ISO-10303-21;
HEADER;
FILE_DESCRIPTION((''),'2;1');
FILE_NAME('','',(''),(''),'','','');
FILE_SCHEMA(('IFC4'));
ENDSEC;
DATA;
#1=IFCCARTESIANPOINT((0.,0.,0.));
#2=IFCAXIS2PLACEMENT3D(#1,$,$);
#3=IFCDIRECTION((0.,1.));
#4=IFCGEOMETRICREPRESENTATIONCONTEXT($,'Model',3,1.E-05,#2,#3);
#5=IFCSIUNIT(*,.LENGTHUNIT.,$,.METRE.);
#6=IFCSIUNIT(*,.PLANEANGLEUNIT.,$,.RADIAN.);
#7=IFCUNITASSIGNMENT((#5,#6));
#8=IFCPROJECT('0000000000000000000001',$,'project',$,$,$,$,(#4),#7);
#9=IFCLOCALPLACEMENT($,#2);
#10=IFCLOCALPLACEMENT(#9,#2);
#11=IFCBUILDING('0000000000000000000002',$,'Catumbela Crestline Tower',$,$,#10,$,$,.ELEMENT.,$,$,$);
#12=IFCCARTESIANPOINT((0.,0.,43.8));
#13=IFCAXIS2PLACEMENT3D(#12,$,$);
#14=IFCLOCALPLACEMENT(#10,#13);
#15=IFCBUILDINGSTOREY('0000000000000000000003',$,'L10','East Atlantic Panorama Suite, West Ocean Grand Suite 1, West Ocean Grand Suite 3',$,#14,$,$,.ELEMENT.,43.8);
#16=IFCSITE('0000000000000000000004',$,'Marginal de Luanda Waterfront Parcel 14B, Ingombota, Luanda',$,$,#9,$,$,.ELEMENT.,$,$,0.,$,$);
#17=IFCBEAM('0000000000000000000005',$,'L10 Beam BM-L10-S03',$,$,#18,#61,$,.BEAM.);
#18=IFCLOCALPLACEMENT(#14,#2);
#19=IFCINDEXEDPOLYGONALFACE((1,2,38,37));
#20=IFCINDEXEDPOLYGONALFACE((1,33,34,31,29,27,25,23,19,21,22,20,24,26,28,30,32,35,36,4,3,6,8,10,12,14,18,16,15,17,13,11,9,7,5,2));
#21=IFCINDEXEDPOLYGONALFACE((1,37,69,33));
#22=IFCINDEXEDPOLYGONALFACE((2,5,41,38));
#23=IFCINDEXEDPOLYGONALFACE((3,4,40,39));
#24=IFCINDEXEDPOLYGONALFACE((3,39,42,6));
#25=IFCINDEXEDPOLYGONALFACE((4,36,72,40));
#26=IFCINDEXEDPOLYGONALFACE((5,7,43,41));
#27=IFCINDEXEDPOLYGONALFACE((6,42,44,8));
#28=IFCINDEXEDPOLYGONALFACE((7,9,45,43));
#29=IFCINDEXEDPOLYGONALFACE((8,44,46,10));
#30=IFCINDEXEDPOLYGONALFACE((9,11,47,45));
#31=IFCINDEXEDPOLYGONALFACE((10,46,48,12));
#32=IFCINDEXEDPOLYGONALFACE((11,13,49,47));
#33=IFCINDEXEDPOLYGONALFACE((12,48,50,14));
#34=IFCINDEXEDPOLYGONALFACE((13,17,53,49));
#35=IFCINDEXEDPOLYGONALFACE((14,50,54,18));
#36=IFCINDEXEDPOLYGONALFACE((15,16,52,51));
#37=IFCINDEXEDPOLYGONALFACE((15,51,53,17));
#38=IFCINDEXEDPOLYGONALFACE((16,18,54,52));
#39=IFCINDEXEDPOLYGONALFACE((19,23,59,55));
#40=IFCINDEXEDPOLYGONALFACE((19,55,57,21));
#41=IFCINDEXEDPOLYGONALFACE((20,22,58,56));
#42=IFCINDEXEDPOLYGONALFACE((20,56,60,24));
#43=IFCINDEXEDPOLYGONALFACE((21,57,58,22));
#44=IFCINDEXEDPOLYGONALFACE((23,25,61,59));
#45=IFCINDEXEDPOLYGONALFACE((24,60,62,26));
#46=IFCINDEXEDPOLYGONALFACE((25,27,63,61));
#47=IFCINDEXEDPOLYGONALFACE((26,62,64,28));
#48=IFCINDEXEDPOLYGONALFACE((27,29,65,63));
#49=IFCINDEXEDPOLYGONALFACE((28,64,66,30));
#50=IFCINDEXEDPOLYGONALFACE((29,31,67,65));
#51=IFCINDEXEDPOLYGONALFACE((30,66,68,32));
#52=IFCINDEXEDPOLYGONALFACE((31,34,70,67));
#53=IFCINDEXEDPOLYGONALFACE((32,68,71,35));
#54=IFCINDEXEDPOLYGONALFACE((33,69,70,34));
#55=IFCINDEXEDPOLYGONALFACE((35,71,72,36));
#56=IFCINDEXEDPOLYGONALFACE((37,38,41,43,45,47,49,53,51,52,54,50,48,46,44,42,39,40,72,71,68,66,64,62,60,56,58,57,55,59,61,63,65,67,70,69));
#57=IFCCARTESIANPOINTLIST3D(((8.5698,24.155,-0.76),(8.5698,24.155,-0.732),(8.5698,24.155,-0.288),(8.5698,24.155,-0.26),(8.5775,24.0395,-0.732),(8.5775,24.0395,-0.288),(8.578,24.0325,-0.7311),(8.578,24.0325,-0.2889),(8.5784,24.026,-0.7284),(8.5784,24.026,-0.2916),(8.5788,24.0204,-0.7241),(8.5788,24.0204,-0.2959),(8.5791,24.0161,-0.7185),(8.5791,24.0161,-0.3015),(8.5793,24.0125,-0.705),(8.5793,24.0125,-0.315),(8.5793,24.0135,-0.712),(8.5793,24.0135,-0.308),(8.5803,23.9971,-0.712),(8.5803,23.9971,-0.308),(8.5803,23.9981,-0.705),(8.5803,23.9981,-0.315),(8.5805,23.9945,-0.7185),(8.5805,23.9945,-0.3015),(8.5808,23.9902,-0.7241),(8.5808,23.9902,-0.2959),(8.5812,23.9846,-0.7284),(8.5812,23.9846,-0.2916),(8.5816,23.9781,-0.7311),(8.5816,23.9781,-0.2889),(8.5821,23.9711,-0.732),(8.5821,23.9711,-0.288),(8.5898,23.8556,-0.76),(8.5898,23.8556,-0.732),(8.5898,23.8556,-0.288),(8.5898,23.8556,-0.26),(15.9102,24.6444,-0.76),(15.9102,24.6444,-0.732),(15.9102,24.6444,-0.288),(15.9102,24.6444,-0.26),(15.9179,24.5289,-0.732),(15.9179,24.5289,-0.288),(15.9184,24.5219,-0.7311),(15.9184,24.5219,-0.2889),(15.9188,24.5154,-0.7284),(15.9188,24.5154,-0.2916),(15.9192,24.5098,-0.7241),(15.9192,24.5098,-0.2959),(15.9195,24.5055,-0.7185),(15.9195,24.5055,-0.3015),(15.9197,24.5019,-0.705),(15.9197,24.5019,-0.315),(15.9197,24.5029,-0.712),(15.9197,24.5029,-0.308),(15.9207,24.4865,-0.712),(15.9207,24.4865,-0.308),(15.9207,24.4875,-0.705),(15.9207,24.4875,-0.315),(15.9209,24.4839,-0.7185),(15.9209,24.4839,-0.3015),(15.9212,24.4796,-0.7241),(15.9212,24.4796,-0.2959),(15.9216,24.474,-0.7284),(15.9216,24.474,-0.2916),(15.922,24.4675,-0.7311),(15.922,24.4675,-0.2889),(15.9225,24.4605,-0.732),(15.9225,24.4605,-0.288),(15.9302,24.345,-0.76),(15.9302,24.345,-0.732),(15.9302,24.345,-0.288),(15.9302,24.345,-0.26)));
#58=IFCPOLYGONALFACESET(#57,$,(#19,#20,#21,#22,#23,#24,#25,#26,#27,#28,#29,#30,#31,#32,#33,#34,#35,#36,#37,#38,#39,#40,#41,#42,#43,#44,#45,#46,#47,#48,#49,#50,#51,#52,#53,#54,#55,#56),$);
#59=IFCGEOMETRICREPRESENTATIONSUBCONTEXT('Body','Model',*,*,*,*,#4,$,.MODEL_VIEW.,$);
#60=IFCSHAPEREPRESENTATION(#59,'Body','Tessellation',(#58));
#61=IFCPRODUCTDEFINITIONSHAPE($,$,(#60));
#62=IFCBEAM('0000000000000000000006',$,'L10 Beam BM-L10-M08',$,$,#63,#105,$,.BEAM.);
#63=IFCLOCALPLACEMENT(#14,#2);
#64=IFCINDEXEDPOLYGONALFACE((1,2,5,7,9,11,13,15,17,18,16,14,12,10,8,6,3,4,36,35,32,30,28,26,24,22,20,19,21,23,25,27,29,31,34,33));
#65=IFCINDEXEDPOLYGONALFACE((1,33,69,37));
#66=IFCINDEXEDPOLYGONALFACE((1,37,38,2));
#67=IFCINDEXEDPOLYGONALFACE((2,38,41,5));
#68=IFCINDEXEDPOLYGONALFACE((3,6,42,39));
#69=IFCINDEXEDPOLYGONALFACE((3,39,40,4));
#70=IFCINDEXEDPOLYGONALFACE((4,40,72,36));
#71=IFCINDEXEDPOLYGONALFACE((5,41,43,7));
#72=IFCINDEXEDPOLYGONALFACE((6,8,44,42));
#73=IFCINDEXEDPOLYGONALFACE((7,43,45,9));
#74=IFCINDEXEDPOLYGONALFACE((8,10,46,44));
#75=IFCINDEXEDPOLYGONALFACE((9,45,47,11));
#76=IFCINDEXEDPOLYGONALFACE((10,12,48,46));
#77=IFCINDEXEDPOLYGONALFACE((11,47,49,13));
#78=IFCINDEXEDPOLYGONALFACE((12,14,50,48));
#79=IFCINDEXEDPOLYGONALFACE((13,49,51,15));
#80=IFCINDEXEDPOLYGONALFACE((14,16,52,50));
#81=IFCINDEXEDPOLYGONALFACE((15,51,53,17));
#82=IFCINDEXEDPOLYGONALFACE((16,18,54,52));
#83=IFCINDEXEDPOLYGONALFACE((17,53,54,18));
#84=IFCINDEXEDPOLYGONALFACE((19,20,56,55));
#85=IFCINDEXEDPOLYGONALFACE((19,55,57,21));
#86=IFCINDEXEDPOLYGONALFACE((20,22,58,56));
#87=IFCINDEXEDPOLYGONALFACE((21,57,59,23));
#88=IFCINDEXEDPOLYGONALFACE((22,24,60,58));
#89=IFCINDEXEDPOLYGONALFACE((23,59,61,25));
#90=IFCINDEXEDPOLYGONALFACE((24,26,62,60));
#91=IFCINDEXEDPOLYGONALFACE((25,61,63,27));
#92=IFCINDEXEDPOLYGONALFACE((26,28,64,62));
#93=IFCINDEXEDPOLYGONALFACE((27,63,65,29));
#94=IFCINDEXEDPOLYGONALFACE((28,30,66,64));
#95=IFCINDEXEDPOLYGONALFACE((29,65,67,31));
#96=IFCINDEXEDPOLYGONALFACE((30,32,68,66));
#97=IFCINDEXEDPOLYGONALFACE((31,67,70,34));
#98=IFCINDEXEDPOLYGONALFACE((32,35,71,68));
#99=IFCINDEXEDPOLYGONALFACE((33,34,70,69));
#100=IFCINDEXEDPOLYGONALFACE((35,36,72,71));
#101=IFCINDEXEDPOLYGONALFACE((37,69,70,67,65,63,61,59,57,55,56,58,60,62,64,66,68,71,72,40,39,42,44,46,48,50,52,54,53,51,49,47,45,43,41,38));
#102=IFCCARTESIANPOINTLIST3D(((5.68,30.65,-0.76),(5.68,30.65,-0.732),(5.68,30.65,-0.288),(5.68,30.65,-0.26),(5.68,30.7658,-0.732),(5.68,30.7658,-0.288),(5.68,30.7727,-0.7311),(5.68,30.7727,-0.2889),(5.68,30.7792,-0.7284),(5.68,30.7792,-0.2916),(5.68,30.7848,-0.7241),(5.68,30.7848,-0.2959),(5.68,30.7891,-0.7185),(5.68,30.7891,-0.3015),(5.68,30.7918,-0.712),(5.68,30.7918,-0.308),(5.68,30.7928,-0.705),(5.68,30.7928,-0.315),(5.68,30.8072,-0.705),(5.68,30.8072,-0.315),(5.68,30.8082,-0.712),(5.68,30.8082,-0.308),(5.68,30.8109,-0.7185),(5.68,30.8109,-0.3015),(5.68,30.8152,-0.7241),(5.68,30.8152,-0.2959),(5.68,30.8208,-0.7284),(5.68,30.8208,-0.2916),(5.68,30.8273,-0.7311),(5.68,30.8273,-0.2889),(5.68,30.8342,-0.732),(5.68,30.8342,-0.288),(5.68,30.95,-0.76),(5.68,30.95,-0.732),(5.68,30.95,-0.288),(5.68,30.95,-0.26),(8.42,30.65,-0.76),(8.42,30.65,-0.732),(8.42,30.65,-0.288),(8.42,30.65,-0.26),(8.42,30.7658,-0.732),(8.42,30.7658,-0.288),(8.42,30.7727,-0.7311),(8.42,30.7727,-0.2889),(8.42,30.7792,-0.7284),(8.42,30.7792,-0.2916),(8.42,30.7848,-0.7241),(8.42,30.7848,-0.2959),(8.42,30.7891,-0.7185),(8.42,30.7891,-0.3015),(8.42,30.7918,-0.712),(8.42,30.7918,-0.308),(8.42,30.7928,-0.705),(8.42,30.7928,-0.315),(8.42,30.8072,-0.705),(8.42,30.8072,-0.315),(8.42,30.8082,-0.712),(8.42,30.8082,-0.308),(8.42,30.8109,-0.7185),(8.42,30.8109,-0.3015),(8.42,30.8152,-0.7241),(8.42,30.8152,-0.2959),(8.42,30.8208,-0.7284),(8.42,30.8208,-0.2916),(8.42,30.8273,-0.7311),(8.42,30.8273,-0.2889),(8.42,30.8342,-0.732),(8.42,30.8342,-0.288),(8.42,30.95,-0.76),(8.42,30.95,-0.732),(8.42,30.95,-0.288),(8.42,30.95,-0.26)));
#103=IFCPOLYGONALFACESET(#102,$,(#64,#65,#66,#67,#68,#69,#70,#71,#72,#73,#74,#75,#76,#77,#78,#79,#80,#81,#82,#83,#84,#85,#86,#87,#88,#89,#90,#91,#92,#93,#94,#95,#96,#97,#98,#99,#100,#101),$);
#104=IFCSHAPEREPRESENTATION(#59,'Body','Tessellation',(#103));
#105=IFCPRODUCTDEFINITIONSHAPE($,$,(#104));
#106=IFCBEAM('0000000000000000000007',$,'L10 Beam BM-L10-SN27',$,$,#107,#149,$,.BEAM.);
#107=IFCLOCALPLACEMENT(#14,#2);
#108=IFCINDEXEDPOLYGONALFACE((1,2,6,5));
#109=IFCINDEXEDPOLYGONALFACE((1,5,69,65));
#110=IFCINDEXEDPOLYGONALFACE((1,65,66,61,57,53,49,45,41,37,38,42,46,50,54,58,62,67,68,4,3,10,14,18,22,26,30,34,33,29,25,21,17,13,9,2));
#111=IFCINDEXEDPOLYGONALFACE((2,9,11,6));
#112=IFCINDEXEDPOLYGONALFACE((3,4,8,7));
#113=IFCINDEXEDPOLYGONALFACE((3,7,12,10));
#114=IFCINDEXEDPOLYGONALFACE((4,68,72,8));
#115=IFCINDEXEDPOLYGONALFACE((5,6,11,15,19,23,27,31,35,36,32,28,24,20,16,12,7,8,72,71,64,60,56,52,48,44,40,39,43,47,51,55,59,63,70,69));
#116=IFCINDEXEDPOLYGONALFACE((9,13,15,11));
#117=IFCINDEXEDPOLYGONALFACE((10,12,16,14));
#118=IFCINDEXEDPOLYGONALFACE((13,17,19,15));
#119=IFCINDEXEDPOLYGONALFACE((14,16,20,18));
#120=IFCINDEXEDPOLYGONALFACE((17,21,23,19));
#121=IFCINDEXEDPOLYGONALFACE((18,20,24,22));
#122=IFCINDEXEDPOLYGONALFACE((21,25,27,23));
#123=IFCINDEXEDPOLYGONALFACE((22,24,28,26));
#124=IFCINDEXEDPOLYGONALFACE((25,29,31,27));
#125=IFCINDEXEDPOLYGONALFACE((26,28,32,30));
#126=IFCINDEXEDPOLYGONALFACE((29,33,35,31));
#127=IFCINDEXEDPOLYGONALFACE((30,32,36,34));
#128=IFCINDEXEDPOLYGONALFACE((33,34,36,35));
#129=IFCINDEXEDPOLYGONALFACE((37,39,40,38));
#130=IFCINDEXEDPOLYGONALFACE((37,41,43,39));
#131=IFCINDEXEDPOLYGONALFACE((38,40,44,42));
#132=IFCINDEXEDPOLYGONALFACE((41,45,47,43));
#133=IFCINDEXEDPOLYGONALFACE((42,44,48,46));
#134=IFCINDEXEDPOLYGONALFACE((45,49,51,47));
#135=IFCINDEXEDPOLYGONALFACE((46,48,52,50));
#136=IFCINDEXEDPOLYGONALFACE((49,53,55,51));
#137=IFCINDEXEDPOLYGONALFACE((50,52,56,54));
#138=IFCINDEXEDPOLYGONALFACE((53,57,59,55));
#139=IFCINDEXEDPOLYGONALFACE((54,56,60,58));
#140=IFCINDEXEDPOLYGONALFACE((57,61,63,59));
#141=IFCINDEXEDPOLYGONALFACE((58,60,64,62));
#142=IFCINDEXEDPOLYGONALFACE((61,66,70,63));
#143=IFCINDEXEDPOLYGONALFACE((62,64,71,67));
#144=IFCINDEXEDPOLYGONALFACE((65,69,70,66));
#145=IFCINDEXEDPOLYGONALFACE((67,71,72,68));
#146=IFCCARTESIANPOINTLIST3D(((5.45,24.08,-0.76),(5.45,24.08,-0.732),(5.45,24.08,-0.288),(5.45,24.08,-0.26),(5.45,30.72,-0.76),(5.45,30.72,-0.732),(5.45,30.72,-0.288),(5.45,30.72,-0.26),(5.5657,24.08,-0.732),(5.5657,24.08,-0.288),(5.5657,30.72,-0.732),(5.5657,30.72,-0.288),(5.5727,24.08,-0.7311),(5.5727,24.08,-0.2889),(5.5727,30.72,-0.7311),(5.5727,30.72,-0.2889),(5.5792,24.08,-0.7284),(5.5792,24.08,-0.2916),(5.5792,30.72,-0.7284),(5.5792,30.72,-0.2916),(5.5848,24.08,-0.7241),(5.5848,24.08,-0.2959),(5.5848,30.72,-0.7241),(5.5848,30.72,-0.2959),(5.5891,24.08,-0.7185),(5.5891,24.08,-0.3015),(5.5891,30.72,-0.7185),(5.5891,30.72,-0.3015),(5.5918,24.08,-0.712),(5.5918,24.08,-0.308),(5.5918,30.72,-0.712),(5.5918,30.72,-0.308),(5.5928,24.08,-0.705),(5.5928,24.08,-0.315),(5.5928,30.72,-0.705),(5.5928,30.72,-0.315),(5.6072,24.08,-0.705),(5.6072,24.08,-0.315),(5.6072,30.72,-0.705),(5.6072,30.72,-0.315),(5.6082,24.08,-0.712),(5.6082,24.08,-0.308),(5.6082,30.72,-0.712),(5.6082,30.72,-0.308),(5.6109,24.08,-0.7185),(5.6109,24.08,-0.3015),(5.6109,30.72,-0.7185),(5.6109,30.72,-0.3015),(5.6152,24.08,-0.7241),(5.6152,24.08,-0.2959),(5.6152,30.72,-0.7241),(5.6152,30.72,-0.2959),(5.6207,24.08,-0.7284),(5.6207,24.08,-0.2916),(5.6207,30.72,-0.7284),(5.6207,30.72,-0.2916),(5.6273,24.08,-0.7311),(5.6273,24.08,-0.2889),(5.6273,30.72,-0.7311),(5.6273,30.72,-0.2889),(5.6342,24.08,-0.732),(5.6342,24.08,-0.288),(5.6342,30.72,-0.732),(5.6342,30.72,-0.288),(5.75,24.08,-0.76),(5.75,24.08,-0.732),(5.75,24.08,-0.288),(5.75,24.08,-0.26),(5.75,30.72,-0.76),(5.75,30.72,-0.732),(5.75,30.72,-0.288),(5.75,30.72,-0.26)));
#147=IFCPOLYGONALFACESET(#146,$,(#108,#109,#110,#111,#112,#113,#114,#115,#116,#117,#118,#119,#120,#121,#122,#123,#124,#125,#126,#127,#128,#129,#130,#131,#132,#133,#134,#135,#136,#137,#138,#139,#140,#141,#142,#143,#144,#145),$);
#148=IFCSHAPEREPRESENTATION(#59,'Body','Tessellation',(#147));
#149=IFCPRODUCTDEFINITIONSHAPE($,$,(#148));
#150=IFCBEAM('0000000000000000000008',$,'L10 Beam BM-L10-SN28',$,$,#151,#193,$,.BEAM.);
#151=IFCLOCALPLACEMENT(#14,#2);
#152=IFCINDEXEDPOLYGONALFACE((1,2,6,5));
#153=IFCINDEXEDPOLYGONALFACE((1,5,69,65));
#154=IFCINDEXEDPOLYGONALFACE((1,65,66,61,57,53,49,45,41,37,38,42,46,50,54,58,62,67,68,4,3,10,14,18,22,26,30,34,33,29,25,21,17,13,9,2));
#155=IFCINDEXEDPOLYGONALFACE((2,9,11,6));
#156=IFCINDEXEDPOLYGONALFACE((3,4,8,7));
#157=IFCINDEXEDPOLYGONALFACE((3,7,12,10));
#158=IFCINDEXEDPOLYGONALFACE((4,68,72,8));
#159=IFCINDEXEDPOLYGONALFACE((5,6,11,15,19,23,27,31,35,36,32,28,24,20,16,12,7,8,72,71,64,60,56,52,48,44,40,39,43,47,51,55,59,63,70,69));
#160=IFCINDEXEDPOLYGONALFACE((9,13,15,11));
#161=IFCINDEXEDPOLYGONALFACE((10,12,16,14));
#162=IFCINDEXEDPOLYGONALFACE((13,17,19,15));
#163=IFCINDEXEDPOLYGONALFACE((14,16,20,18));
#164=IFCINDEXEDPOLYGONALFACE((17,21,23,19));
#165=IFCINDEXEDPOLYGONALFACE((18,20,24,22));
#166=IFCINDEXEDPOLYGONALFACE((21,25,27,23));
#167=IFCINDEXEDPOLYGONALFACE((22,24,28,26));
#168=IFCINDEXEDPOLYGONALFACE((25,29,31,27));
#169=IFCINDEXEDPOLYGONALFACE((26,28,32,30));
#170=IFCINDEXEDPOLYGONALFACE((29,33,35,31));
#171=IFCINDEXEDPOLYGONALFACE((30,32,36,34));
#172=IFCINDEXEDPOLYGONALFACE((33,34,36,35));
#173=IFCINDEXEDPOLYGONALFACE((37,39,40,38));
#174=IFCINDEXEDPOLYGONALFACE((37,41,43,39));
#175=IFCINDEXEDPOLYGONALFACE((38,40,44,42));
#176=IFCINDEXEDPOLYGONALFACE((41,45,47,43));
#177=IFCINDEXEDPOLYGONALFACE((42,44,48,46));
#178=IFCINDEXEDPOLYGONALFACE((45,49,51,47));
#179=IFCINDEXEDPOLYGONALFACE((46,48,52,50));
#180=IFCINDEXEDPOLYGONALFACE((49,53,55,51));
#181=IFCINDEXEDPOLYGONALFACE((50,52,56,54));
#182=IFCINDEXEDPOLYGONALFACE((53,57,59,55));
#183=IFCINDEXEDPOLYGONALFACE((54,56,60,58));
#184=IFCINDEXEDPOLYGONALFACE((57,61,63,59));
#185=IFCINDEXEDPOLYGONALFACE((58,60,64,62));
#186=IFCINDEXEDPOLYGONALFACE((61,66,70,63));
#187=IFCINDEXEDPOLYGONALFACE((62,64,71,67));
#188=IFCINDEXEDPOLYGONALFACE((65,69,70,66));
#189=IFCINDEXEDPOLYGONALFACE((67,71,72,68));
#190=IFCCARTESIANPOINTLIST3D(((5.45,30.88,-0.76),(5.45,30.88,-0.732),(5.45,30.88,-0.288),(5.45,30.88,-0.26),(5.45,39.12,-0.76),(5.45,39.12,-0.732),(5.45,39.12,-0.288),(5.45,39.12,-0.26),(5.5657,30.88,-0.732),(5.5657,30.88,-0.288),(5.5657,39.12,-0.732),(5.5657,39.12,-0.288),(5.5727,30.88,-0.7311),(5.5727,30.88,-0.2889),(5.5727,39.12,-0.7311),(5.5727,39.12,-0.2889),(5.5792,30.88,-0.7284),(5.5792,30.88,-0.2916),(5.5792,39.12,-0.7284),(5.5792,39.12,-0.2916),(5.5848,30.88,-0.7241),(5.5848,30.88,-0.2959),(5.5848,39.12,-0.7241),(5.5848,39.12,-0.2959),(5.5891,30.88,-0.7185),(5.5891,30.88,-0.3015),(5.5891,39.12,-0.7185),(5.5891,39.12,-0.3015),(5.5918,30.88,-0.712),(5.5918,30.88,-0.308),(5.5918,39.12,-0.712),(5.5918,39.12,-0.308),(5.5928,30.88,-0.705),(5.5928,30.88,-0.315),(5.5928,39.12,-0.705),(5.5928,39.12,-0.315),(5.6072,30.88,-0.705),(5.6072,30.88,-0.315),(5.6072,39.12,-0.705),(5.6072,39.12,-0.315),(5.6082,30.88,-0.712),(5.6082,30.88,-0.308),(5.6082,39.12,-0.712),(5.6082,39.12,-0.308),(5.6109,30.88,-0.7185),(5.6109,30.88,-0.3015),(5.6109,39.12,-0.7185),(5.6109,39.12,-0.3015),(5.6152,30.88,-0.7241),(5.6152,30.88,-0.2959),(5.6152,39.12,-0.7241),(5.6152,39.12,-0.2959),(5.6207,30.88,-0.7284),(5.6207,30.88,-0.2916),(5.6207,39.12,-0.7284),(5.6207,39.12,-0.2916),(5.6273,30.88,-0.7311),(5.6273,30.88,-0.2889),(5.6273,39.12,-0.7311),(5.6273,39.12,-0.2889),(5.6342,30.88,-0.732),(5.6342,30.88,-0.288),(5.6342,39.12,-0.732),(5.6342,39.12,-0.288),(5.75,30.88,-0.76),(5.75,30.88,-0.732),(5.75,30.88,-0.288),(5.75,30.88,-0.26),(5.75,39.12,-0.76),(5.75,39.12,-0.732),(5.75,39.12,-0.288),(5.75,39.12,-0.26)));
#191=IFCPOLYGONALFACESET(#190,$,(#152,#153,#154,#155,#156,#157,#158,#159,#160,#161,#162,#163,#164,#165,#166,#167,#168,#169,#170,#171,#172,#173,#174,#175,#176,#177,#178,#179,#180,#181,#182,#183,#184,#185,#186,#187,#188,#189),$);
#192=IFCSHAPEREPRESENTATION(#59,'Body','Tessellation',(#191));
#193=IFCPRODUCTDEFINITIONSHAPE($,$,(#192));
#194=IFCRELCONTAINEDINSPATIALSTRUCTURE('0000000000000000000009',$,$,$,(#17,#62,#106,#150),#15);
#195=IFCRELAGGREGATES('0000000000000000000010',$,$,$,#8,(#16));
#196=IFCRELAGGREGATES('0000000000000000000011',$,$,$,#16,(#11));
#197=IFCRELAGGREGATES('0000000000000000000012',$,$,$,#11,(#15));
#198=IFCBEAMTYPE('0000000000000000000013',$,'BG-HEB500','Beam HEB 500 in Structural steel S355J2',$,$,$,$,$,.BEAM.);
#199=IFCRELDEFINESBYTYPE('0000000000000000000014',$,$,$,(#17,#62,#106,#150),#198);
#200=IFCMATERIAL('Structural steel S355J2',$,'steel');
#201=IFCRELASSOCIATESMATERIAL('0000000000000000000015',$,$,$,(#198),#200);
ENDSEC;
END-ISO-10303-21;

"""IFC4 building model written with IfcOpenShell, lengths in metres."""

from ifc_helpers import new_model, si_unit, direction, frame, origin, origin_2d, place, context, subcontext, project, spatial, i_section, extrude, material, material_profile, profile_set, type_object, element, save


model = new_model("IFC4")

# Units and contexts
model_context = context("Model", 3, precision=1e-05, world=origin(), true_north=direction((0.0, 1.0)))
body_context = subcontext(model_context, "Body", "Model", "MODEL_VIEW")
ifc_project = project(units=[si_unit("LENGTHUNIT", "METRE"), si_unit("PLANEANGLEUNIT", "RADIAN")], contexts=[model_context])

# Site, building, storey
site_placement = place(None, origin())
site = spatial("IfcSite", under=ifc_project, at=site_placement, Name="Marginal de Luanda Waterfront Parcel 14B, Ingombota, Luanda", CompositionType="ELEMENT", RefElevation=0.0)
building_placement = place(site_placement, origin())
building = spatial("IfcBuilding", under=site, at=building_placement, Name="Catumbela Crestline Tower", CompositionType="ELEMENT")
storey_placement = place(building_placement, frame((0.0, 0.0, 43.8)))
storey = spatial("IfcBuildingStorey", under=building, at=storey_placement, Name="L10", Description="East Atlantic Panorama Suite, West Ocean Grand Suite 1, West Ocean Grand Suite 3", CompositionType="ELEMENT", Elevation=43.8)

# Beams
ifc_material_1 = material(Name="Structural steel S355J2", Category="steel")
ifc_material_profile_1 = material_profile(ifc_material_1, i_section(OverallWidth=0.3, OverallDepth=0.5, WebThickness=0.0145, FlangeThickness=0.028, FilletRadius=0.027, at=origin_2d()), Name="HEB 500")
ifc_profile_set_1 = profile_set([ifc_material_profile_1], Name="Structural steel S355J2")
beam_type = type_object("IfcBeamType", Name="BG-HEB500", Description="Beam HEB 500 in Structural steel S355J2", PredefinedType="BEAM", material=ifc_profile_set_1)
beam_1_placement = place(storey_placement, frame((8.5798, 24.0053, -0.51), z_axis=(0.997785, 0.066524, 0.0), x_axis=(-0.066524, 0.997785, 0.0)))
element("IfcBeam", 1, at=beam_1_placement, inside=storey, type_object=beam_type, Name="L10 Beam BM-L10-S03", PredefinedType="BEAM", context=body_context, shape_type="SweptSolid", body=[
    extrude(i_section(OverallWidth=0.3, OverallDepth=0.5, WebThickness=0.0145, FlangeThickness=0.028, FilletRadius=0.027, at=origin_2d()), origin(), (0.0, 0.0, 1.0), 7.3567),
])
beam_2_placement = place(storey_placement, frame((5.68, 30.8, -0.51), z_axis=(1.0, 0.0, 0.0), x_axis=(0.0, 1.0, 0.0)))
element("IfcBeam", 2, at=beam_2_placement, inside=storey, type_object=beam_type, Name="L10 Beam BM-L10-M08", PredefinedType="BEAM", context=body_context, shape_type="SweptSolid", body=[
    extrude(i_section(OverallWidth=0.3, OverallDepth=0.5, WebThickness=0.0145, FlangeThickness=0.028, FilletRadius=0.027, at=origin_2d()), origin(), (0.0, 0.0, 1.0), 2.74),
])
beam_3_placement = place(storey_placement, frame((5.6, 24.08, -0.51), z_axis=(0.0, 1.0, 0.0), x_axis=(-1.0, 0.0, 0.0)))
element("IfcBeam", 3, at=beam_3_placement, inside=storey, type_object=beam_type, Name="L10 Beam BM-L10-SN27", PredefinedType="BEAM", context=body_context, shape_type="SweptSolid", body=[
    extrude(i_section(OverallWidth=0.3, OverallDepth=0.5, WebThickness=0.0145, FlangeThickness=0.028, FilletRadius=0.027, at=origin_2d()), origin(), (0.0, 0.0, 1.0), 6.64),
])
beam_4_placement = place(storey_placement, frame((5.6, 30.88, -0.51), z_axis=(0.0, 1.0, 0.0), x_axis=(-1.0, 0.0, 0.0)))
element("IfcBeam", 4, at=beam_4_placement, inside=storey, type_object=beam_type, Name="L10 Beam BM-L10-SN28", PredefinedType="BEAM", context=body_context, shape_type="SweptSolid", body=[
    extrude(i_section(OverallWidth=0.3, OverallDepth=0.5, WebThickness=0.0145, FlangeThickness=0.028, FilletRadius=0.027, at=origin_2d()), origin(), (0.0, 0.0, 1.0), 8.24),
])

save(model, "model.ifc")
